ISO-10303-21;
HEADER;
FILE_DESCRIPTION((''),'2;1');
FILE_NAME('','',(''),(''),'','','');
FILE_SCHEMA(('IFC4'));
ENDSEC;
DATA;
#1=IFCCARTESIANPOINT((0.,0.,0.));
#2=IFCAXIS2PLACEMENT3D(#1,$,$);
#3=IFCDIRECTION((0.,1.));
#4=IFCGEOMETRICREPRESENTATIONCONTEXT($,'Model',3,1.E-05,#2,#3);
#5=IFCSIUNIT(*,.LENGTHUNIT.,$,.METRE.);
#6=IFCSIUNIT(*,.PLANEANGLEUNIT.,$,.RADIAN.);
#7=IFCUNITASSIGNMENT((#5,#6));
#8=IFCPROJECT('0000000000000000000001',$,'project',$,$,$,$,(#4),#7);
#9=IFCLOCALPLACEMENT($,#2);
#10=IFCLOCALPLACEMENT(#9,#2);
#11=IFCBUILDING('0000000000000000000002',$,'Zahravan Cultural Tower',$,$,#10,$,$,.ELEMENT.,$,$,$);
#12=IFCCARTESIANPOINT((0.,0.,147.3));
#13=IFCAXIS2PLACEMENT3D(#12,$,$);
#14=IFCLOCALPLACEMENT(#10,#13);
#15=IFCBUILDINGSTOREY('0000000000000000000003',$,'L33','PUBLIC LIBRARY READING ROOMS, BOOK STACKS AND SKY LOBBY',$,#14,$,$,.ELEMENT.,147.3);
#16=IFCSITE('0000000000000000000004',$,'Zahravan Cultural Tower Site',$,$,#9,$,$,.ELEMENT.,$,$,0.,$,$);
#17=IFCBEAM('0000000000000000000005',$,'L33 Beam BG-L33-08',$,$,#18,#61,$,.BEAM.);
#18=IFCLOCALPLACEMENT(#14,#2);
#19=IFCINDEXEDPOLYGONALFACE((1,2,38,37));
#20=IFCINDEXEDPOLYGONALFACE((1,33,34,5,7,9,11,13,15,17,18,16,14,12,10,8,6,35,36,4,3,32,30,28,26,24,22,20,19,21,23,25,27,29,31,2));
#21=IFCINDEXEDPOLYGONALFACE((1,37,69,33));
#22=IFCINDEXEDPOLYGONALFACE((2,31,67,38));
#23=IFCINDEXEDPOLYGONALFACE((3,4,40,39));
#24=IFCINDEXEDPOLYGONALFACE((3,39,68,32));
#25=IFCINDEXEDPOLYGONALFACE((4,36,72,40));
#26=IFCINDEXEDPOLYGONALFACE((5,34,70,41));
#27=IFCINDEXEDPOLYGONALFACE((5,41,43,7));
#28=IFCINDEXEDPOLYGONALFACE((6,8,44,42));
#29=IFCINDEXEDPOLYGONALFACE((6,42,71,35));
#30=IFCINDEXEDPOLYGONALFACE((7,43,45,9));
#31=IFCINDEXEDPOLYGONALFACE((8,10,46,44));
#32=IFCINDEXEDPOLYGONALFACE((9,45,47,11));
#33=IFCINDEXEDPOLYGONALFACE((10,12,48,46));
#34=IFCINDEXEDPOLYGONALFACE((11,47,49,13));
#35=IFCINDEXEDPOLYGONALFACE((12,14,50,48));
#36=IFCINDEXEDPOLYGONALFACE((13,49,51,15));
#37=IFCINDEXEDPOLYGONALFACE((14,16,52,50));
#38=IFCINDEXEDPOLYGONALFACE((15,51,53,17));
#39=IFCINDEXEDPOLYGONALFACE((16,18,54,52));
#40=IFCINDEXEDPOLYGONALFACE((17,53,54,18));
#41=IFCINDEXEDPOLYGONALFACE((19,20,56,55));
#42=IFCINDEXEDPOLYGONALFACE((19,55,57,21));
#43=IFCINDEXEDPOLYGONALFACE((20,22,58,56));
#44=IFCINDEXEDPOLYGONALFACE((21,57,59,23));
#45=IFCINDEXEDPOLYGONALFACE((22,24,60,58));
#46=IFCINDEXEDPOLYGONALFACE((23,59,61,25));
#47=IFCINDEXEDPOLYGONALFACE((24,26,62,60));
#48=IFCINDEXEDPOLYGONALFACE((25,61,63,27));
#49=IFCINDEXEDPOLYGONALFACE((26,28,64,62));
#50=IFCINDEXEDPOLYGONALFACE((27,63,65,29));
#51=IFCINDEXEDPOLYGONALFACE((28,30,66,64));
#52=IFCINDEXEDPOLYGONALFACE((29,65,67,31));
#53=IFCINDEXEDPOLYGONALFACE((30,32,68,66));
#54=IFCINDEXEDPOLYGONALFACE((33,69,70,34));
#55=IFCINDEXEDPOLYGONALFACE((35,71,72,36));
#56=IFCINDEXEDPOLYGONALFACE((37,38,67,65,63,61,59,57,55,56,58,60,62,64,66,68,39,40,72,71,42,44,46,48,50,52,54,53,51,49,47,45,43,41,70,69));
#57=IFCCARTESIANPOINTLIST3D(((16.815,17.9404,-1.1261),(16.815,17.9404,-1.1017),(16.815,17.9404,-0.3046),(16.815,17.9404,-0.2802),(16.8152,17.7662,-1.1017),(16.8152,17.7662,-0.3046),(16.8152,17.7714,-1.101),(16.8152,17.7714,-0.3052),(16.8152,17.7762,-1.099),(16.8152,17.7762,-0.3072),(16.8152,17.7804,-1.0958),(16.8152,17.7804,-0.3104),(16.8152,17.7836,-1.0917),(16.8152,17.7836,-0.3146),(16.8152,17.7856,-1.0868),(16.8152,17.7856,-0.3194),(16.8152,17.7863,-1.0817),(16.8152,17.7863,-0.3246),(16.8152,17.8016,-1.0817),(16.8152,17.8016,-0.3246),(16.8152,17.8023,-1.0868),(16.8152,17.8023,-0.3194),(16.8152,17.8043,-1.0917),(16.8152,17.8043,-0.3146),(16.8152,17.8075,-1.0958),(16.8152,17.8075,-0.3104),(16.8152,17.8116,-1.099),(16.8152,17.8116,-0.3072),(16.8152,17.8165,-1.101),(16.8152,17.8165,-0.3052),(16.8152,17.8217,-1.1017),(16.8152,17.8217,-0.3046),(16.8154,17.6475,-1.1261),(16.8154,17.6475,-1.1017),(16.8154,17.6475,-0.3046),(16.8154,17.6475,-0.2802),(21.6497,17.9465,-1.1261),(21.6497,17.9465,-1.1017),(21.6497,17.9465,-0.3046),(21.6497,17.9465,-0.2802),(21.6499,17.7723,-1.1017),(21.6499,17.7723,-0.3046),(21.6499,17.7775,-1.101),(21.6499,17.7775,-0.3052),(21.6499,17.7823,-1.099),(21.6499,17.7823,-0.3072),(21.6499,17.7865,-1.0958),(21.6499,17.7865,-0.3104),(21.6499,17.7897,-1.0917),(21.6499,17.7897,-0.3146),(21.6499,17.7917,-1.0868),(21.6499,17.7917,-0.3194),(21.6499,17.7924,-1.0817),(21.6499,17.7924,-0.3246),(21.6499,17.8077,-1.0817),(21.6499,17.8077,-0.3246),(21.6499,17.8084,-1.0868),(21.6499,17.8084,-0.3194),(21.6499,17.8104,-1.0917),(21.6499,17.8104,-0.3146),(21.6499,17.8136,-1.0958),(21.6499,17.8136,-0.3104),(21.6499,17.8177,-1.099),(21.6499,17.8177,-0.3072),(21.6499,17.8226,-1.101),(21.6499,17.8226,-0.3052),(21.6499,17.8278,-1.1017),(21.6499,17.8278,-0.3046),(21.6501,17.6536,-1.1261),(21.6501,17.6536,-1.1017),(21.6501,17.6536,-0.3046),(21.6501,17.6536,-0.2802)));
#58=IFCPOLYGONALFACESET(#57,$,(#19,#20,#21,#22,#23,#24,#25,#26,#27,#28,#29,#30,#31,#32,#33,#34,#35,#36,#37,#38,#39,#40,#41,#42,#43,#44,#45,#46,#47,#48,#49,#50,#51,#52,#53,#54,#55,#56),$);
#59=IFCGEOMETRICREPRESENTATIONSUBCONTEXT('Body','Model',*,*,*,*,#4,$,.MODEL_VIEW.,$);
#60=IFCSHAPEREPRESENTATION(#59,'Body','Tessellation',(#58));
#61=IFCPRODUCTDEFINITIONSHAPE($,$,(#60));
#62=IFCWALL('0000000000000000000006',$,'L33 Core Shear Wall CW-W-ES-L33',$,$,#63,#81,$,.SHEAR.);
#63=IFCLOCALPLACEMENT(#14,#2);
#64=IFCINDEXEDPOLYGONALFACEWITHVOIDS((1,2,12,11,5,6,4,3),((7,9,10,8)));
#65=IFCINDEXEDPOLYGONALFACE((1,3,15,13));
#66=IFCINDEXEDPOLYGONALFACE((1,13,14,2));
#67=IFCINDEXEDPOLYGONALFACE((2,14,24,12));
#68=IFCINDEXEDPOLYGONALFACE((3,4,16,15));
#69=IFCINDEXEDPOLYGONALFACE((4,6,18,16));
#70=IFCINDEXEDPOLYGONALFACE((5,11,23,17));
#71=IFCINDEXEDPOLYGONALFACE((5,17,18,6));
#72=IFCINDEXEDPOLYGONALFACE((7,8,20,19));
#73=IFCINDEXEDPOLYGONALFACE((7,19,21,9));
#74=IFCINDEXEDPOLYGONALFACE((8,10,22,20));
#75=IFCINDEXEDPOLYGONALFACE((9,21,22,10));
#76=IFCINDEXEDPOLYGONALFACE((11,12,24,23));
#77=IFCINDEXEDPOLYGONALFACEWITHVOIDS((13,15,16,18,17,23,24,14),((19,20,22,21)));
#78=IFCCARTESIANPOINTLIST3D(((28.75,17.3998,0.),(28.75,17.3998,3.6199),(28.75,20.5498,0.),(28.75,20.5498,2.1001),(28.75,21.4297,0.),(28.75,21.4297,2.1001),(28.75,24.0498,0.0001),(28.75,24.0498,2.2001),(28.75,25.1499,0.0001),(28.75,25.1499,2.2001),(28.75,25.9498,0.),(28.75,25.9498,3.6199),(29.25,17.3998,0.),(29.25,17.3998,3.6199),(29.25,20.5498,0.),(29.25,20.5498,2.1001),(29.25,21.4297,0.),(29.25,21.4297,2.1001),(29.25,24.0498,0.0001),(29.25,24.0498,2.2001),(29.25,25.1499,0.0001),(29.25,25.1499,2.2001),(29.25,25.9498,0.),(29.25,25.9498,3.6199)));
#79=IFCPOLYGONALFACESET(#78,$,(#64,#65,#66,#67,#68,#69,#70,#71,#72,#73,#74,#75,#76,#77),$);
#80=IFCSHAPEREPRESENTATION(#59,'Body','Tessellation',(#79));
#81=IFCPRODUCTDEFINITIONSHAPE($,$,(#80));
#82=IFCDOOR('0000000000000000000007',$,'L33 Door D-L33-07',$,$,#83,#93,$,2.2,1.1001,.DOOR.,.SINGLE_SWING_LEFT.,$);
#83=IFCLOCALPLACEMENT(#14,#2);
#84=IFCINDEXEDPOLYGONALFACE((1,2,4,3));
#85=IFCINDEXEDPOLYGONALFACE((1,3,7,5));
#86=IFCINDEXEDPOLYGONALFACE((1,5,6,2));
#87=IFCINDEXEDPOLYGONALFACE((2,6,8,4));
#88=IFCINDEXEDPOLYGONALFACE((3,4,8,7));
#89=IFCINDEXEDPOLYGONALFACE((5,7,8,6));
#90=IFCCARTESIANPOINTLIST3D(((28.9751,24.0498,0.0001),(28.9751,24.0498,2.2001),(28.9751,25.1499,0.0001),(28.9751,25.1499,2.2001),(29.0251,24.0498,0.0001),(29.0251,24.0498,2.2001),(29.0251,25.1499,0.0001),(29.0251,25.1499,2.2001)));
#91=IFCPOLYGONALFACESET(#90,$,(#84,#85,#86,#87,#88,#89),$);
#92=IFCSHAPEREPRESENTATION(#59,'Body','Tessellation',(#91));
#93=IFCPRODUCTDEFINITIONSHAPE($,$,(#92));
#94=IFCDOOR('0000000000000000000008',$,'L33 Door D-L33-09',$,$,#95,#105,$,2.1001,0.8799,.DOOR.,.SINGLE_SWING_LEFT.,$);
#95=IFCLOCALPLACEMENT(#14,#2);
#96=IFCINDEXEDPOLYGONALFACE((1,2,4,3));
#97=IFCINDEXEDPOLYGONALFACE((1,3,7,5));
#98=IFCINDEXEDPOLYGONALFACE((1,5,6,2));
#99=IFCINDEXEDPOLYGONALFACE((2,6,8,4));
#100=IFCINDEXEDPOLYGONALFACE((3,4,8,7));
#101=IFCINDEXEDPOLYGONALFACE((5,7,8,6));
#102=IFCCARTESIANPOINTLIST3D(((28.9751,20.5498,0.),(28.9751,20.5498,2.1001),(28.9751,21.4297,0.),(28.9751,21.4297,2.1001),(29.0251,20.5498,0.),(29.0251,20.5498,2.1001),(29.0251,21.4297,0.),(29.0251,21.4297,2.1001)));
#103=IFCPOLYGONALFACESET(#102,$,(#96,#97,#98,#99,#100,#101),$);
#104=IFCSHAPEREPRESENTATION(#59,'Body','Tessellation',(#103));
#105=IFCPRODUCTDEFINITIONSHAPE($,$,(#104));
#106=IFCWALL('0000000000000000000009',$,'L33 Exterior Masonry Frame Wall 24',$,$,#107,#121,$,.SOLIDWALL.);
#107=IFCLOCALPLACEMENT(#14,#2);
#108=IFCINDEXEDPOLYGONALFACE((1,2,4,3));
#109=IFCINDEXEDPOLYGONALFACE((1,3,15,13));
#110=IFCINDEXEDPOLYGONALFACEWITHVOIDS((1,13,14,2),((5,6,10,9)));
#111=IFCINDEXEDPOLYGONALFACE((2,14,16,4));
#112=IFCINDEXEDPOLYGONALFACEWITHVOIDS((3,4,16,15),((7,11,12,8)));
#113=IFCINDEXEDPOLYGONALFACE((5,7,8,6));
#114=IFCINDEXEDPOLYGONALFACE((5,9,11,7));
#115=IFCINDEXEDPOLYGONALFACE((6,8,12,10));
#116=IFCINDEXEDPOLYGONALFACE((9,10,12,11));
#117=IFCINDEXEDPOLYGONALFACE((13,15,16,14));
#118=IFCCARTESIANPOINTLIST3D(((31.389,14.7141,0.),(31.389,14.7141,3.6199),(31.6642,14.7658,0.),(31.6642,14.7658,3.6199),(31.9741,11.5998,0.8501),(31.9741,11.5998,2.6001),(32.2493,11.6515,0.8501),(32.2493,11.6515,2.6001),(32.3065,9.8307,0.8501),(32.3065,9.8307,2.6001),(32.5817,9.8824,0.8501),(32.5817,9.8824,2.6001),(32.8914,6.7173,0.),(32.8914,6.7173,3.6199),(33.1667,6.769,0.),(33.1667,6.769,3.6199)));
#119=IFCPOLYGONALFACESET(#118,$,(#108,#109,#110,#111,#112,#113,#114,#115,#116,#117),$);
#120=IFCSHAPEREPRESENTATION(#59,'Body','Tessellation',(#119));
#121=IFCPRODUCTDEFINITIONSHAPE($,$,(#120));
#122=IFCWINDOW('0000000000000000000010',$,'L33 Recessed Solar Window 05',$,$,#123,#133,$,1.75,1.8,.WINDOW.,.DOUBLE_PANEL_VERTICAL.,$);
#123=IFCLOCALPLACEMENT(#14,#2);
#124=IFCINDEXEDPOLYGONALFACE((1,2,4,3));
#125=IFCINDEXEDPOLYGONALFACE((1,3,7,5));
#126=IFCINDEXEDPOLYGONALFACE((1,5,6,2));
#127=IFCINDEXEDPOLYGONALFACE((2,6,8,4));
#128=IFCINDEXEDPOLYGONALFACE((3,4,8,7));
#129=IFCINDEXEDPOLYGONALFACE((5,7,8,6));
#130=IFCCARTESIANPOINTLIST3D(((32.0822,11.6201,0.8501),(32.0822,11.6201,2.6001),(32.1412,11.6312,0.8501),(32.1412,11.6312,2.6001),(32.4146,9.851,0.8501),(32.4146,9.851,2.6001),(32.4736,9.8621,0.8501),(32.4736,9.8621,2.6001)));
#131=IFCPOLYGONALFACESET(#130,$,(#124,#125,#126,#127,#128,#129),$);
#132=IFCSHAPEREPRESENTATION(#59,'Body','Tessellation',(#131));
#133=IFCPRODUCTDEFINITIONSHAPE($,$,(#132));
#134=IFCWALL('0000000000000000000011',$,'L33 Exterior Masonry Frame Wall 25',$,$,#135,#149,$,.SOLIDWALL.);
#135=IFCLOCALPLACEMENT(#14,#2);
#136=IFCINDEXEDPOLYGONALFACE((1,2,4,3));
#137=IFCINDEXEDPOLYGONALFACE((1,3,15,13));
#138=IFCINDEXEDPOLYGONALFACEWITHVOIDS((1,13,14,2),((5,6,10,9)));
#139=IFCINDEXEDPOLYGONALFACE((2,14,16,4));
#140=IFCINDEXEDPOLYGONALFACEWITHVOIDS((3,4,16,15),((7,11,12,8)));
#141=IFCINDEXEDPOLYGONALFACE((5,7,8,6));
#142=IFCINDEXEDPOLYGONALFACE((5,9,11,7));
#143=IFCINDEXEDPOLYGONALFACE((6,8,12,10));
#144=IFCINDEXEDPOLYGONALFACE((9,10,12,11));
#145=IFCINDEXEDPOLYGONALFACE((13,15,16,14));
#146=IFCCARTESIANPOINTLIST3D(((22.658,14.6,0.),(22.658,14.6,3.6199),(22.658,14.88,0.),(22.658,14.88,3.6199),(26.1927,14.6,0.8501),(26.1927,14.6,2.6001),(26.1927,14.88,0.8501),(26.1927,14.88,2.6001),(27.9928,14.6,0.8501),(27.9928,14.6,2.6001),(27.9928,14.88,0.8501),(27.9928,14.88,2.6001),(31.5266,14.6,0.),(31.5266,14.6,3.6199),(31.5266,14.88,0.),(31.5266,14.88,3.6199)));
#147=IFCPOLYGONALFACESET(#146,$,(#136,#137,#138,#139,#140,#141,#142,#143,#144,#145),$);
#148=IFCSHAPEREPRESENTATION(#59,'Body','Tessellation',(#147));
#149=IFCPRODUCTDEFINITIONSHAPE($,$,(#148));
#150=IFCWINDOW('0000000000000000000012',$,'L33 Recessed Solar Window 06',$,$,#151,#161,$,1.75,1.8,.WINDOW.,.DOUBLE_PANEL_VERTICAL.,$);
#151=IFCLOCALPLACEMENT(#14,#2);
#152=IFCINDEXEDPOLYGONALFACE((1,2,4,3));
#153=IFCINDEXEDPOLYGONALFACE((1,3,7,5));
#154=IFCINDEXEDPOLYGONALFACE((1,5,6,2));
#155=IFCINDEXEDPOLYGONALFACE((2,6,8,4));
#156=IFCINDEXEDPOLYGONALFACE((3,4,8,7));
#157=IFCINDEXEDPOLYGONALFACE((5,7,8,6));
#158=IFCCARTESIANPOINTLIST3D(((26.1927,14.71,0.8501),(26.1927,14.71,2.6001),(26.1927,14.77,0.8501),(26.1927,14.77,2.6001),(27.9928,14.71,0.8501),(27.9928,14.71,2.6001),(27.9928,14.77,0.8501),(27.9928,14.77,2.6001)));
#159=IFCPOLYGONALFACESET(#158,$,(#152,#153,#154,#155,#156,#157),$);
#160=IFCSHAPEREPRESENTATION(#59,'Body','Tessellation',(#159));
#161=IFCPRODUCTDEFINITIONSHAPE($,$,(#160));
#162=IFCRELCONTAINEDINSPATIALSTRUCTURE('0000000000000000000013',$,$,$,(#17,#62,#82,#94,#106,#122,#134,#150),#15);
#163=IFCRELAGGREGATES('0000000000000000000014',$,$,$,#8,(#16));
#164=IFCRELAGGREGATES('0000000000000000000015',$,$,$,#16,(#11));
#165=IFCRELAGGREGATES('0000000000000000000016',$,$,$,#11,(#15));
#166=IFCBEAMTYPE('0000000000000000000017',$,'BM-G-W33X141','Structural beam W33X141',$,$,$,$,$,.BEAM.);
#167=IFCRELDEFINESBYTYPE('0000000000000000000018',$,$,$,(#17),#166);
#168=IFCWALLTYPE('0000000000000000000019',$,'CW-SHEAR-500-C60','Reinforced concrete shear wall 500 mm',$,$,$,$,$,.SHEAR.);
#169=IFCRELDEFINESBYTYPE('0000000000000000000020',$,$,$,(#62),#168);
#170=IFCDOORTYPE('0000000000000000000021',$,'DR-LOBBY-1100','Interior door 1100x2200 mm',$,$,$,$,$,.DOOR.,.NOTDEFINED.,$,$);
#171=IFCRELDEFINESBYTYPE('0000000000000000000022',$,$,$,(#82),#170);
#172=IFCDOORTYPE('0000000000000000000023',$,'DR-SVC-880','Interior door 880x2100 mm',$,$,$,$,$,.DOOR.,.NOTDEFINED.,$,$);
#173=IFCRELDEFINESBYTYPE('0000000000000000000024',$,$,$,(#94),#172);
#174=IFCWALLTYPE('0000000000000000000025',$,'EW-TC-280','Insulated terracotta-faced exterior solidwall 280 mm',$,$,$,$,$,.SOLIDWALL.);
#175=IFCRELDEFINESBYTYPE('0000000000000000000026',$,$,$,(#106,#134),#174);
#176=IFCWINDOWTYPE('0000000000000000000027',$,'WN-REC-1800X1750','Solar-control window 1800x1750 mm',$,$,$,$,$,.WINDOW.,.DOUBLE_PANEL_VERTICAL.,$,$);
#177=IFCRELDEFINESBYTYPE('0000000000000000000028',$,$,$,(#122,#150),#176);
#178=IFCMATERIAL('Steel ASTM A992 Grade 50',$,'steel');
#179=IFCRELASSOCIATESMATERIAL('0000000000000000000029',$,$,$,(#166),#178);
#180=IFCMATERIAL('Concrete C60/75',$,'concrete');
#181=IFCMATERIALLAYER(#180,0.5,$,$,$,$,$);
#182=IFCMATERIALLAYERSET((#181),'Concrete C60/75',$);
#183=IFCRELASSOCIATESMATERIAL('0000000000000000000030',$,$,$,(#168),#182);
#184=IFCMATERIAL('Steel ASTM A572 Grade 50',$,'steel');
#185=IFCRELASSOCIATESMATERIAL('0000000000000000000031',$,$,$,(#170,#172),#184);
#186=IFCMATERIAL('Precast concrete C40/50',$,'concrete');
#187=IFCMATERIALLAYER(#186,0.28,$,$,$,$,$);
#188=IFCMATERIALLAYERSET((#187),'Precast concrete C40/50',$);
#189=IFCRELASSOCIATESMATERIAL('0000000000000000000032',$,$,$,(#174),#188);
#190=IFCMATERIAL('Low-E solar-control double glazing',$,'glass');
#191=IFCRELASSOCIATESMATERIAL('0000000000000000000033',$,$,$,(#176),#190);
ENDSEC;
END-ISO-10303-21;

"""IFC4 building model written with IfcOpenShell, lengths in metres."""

from ifc_helpers import new_model, si_unit, direction, frame, frame_2d, origin, origin_2d, place, context, subcontext, project, spatial, rectangle, i_section, extrude, source, transform, mapped, material, layer, layer_set, material_profile, profile_set, type_object, element, fill, save


model = new_model("IFC4")

# Units and contexts
model_context = context("Model", 3, precision=1e-05, world=origin(), true_north=direction((0.0, 1.0)))
body_context = subcontext(model_context, "Body", "Model", "MODEL_VIEW")
ifc_project = project(units=[si_unit("LENGTHUNIT", "METRE"), si_unit("PLANEANGLEUNIT", "RADIAN")], contexts=[model_context])

# Site, building, storey
site_placement = place(None, origin())
site = spatial("IfcSite", under=ifc_project, at=site_placement, Name="Zahravan Cultural Tower Site", CompositionType="ELEMENT", RefElevation=0.0)
building_placement = place(site_placement, origin())
building = spatial("IfcBuilding", under=site, at=building_placement, Name="Zahravan Cultural Tower", CompositionType="ELEMENT")
storey_placement = place(building_placement, frame((0.0, 0.0, 147.3)))
storey = spatial("IfcBuildingStorey", under=building, at=storey_placement, Name="L33", Description="PUBLIC LIBRARY READING ROOMS, BOOK STACKS AND SKY LOBBY", CompositionType="ELEMENT", Elevation=147.3)

# Beam
ifc_material_1 = material(Name="Steel ASTM A992 Grade 50", Category="steel")
ifc_material_profile_1 = material_profile(ifc_material_1, i_section(OverallWidth=0.293, OverallDepth=0.8459, WebThickness=0.0154, FlangeThickness=0.0244, FilletRadius=0.02, at=origin_2d()), Name="W33X141")
ifc_profile_set_1 = profile_set([ifc_material_profile_1], Name="Steel ASTM A992 Grade 50")
beam_type_1 = type_object("IfcBeamType", Name="BM-G-W33X141", Description="Structural beam W33X141", PredefinedType="BEAM", material=ifc_profile_set_1)
shared_shape_1 = source(origin(), body_context, "Body", "SweptSolid", [
    extrude(i_section(OverallWidth=0.293, OverallDepth=0.8459, WebThickness=0.0154, FlangeThickness=0.0244, FilletRadius=0.02, at=origin_2d()), origin(), (0.0, 0.0, 1.0), 4.8347),
])
beam_1_placement = place(storey_placement, frame((21.6499, 17.8, -0.7031), z_axis=(-0.999999, -0.001262, 0.0), x_axis=(0.001262, -0.999999, 0.0)))
element("IfcBeam", 1, at=beam_1_placement, inside=storey, type_object=beam_type_1, Name="L33 Beam BG-L33-08", PredefinedType="BEAM", context=body_context, shape_type="MappedRepresentation", body=[
    mapped(shared_shape_1, transform((0.0, 0.0, 0.0), x_axis=(1.0, 0.0, 0.0), y_axis=(0.0, 1.0, 0.0), z_axis=(0.0, 0.0, 1.0), scale=1.0)),
])

# Wall, openings, doors
ifc_material_2 = material(Name="Concrete C60/75", Category="concrete")
ifc_layer_1 = layer(ifc_material_2, 0.5)
ifc_layer_set_1 = layer_set([ifc_layer_1], Name="Concrete C60/75")
wall_type_1 = type_object("IfcWallType", Name="CW-SHEAR-500-C60", Description="Reinforced concrete shear wall 500 mm", PredefinedType="SHEAR", material=ifc_layer_set_1)
wall_1_placement = place(storey_placement, frame((29.0, 17.3999, 0.0), z_axis=(0.0, 0.0, 1.0), x_axis=(0.0, 1.0, 0.0)))
wall_1 = element("IfcWall", 2, at=wall_1_placement, inside=storey, type_object=wall_type_1, Name="L33 Core Shear Wall CW-W-ES-L33", PredefinedType="SHEAR", context=body_context, shape_type="SweptSolid", body=[
    extrude(rectangle(XDim=8.55, YDim=0.5, at=frame_2d((4.2749, 0.0))), origin(), (0.0, 0.0, 1.0), 3.6199),
])
opening_1_placement = place(wall_1_placement, frame((6.6499, 0.0, 0.0)))
opening_1 = element("IfcOpeningElement", 3, at=opening_1_placement, cuts=wall_1, PredefinedType="OPENING", context=body_context, shape_type="SweptSolid", body=[
    extrude(rectangle(XDim=1.1001, YDim=2.2, at=frame_2d((0.55, 1.1001))), frame((0.0, 0.26, 0.0), z_axis=(0.0, -1.0, 0.0), x_axis=(1.0, 0.0, 0.0)), (0.0, 0.0, 1.0), 0.52),
])
opening_2_placement = place(wall_1_placement, frame((3.1499, 0.0, 0.0)))
opening_2 = element("IfcOpeningElement", 4, at=opening_2_placement, cuts=wall_1, PredefinedType="OPENING", context=body_context, shape_type="SweptSolid", body=[
    extrude(rectangle(XDim=0.8799, YDim=2.1001, at=frame_2d((0.4399, 1.05))), frame((0.0, 0.26, 0.0), z_axis=(0.0, -1.0, 0.0), x_axis=(1.0, 0.0, 0.0)), (0.0, 0.0, 1.0), 0.52),
])
ifc_material_3 = material(Name="Steel ASTM A572 Grade 50", Category="steel")
door_type_1 = type_object("IfcDoorType", Name="DR-LOBBY-1100", Description="Interior door 1100x2200 mm", OperationType="NOTDEFINED", PredefinedType="DOOR", material=ifc_material_3)
shared_shape_2 = source(origin(), body_context, "Body", "SweptSolid", [
    extrude(rectangle(XDim=1.1001, YDim=2.2, at=frame_2d((0.55, 1.1001))), frame((0.0, 0.0249, 0.0), z_axis=(0.0, -1.0, 0.0), x_axis=(1.0, 0.0, 0.0)), (0.0, 0.0, 1.0), 0.05),
])
door_1_placement = place(opening_1_placement, origin())
door_1 = element("IfcDoor", 5, at=door_1_placement, inside=storey, type_object=door_type_1, Name="L33 Door D-L33-07", OperationType="SINGLE_SWING_LEFT", OverallHeight=2.2, OverallWidth=1.1001, PredefinedType="DOOR", context=body_context, shape_type="MappedRepresentation", body=[
    mapped(shared_shape_2, transform((0.0, 0.0, 0.0), x_axis=(1.0, 0.0, 0.0), y_axis=(0.0, 1.0, 0.0), z_axis=(0.0, 0.0, 1.0), scale=1.0)),
])
fill(opening_1, door_1)
door_type_2 = type_object("IfcDoorType", Name="DR-SVC-880", Description="Interior door 880x2100 mm", OperationType="NOTDEFINED", PredefinedType="DOOR", material=ifc_material_3)
shared_shape_3 = source(origin(), body_context, "Body", "SweptSolid", [
    extrude(rectangle(XDim=0.8799, YDim=2.1001, at=frame_2d((0.4399, 1.05))), frame((0.0, 0.0249, 0.0), z_axis=(0.0, -1.0, 0.0), x_axis=(1.0, 0.0, 0.0)), (0.0, 0.0, 1.0), 0.05),
])
door_2_placement = place(opening_2_placement, origin())
door_2 = element("IfcDoor", 6, at=door_2_placement, inside=storey, type_object=door_type_2, Name="L33 Door D-L33-09", OperationType="SINGLE_SWING_LEFT", OverallHeight=2.1001, OverallWidth=0.8799, PredefinedType="DOOR", context=body_context, shape_type="MappedRepresentation", body=[
    mapped(shared_shape_3, transform((0.0, 0.0, 0.0), x_axis=(1.0, 0.0, 0.0), y_axis=(0.0, 1.0, 0.0), z_axis=(0.0, 0.0, 1.0), scale=1.0)),
])
fill(opening_2, door_2)

# Walls, openings, windows
ifc_material_4 = material(Name="Precast concrete C40/50", Category="concrete")
ifc_layer_2 = layer(ifc_material_4, 0.28)
ifc_layer_set_2 = layer_set([ifc_layer_2], Name="Precast concrete C40/50")
wall_type_2 = type_object("IfcWallType", Name="EW-TC-280", Description="Insulated terracotta-faced exterior solidwall 280 mm", PredefinedType="SOLIDWALL", material=ifc_layer_set_2)
wall_2_placement = place(storey_placement, frame((33.0291, 6.7432, 0.0), z_axis=(0.0, 0.0, 1.0), x_axis=(-0.184649, 0.982805, 0.0)))
wall_2 = element("IfcWall", 7, at=wall_2_placement, inside=storey, type_object=wall_type_2, Name="L33 Exterior Masonry Frame Wall 24", PredefinedType="SOLIDWALL", context=body_context, shape_type="SweptSolid", body=[
    extrude(rectangle(XDim=8.1367, YDim=0.28, at=frame_2d((4.0684, 0.0))), origin(), (0.0, 0.0, 1.0), 3.6199),
])
opening_3_placement = place(wall_2_placement, frame((3.168, 0.0, 0.8501)))
opening_3 = element("IfcOpeningElement", 8, at=opening_3_placement, cuts=wall_2, PredefinedType="OPENING", context=body_context, shape_type="SweptSolid", body=[
    extrude(rectangle(XDim=1.8, YDim=1.75, at=frame_2d((0.8999, 0.875))), frame((0.0, 0.1499, 0.0), z_axis=(0.0, -1.0, 0.0), x_axis=(1.0, 0.0, 0.0)), (0.0, 0.0, 1.0), 0.3),
])
ifc_material_5 = material(Name="Low-E solar-control double glazing", Category="glass")
window_type = type_object("IfcWindowType", Name="WN-REC-1800X1750", Description="Solar-control window 1800x1750 mm", PartitioningType="DOUBLE_PANEL_VERTICAL", PredefinedType="WINDOW", material=ifc_material_5)
shared_shape_4 = source(origin(), body_context, "Body", "SweptSolid", [
    extrude(rectangle(XDim=1.8, YDim=1.75, at=frame_2d((0.8999, 0.875))), frame((0.0, 0.03, 0.0), z_axis=(0.0, -1.0, 0.0), x_axis=(1.0, 0.0, 0.0)), (0.0, 0.0, 1.0), 0.0601),
])
window_1_placement = place(opening_3_placement, origin())
window_1 = element("IfcWindow", 9, at=window_1_placement, inside=storey, type_object=window_type, Name="L33 Recessed Solar Window 05", OverallHeight=1.75, OverallWidth=1.8, PartitioningType="DOUBLE_PANEL_VERTICAL", PredefinedType="WINDOW", context=body_context, shape_type="MappedRepresentation", body=[
    mapped(shared_shape_4, transform((0.0, 0.0, 0.0), x_axis=(1.0, 0.0, 0.0), y_axis=(0.0, 1.0, 0.0), z_axis=(0.0, 0.0, 1.0), scale=1.0)),
])
fill(opening_3, window_1)
wall_3_placement = place(storey_placement, frame((31.5266, 14.74, 0.0), z_axis=(0.0, 0.0, 1.0), x_axis=(-1.0, 0.0, 0.0)))
wall_3 = element("IfcWall", 10, at=wall_3_placement, inside=storey, type_object=wall_type_2, Name="L33 Exterior Masonry Frame Wall 25", PredefinedType="SOLIDWALL", context=body_context, shape_type="SweptSolid", body=[
    extrude(rectangle(XDim=8.8687, YDim=0.28, at=frame_2d((4.4343, 0.0))), origin(), (0.0, 0.0, 1.0), 3.6199),
])
opening_4_placement = place(wall_3_placement, frame((3.5339, 0.0, 0.8501)))
opening_4 = element("IfcOpeningElement", 11, at=opening_4_placement, cuts=wall_3, PredefinedType="OPENING", context=body_context, shape_type="SweptSolid", body=[
    extrude(rectangle(XDim=1.8, YDim=1.75, at=frame_2d((0.8999, 0.875))), frame((0.0, 0.1499, 0.0), z_axis=(0.0, -1.0, 0.0), x_axis=(1.0, 0.0, 0.0)), (0.0, 0.0, 1.0), 0.3),
])
window_2_placement = place(opening_4_placement, origin())
window_2 = element("IfcWindow", 12, at=window_2_placement, inside=storey, type_object=window_type, Name="L33 Recessed Solar Window 06", OverallHeight=1.75, OverallWidth=1.8, PartitioningType="DOUBLE_PANEL_VERTICAL", PredefinedType="WINDOW", context=body_context, shape_type="MappedRepresentation", body=[
    mapped(shared_shape_4, transform((0.0, 0.0, 0.0), x_axis=(1.0, 0.0, 0.0), y_axis=(0.0, 1.0, 0.0), z_axis=(0.0, 0.0, 1.0), scale=1.0)),
])
fill(opening_4, window_2)

save(model, "model.ifc")
